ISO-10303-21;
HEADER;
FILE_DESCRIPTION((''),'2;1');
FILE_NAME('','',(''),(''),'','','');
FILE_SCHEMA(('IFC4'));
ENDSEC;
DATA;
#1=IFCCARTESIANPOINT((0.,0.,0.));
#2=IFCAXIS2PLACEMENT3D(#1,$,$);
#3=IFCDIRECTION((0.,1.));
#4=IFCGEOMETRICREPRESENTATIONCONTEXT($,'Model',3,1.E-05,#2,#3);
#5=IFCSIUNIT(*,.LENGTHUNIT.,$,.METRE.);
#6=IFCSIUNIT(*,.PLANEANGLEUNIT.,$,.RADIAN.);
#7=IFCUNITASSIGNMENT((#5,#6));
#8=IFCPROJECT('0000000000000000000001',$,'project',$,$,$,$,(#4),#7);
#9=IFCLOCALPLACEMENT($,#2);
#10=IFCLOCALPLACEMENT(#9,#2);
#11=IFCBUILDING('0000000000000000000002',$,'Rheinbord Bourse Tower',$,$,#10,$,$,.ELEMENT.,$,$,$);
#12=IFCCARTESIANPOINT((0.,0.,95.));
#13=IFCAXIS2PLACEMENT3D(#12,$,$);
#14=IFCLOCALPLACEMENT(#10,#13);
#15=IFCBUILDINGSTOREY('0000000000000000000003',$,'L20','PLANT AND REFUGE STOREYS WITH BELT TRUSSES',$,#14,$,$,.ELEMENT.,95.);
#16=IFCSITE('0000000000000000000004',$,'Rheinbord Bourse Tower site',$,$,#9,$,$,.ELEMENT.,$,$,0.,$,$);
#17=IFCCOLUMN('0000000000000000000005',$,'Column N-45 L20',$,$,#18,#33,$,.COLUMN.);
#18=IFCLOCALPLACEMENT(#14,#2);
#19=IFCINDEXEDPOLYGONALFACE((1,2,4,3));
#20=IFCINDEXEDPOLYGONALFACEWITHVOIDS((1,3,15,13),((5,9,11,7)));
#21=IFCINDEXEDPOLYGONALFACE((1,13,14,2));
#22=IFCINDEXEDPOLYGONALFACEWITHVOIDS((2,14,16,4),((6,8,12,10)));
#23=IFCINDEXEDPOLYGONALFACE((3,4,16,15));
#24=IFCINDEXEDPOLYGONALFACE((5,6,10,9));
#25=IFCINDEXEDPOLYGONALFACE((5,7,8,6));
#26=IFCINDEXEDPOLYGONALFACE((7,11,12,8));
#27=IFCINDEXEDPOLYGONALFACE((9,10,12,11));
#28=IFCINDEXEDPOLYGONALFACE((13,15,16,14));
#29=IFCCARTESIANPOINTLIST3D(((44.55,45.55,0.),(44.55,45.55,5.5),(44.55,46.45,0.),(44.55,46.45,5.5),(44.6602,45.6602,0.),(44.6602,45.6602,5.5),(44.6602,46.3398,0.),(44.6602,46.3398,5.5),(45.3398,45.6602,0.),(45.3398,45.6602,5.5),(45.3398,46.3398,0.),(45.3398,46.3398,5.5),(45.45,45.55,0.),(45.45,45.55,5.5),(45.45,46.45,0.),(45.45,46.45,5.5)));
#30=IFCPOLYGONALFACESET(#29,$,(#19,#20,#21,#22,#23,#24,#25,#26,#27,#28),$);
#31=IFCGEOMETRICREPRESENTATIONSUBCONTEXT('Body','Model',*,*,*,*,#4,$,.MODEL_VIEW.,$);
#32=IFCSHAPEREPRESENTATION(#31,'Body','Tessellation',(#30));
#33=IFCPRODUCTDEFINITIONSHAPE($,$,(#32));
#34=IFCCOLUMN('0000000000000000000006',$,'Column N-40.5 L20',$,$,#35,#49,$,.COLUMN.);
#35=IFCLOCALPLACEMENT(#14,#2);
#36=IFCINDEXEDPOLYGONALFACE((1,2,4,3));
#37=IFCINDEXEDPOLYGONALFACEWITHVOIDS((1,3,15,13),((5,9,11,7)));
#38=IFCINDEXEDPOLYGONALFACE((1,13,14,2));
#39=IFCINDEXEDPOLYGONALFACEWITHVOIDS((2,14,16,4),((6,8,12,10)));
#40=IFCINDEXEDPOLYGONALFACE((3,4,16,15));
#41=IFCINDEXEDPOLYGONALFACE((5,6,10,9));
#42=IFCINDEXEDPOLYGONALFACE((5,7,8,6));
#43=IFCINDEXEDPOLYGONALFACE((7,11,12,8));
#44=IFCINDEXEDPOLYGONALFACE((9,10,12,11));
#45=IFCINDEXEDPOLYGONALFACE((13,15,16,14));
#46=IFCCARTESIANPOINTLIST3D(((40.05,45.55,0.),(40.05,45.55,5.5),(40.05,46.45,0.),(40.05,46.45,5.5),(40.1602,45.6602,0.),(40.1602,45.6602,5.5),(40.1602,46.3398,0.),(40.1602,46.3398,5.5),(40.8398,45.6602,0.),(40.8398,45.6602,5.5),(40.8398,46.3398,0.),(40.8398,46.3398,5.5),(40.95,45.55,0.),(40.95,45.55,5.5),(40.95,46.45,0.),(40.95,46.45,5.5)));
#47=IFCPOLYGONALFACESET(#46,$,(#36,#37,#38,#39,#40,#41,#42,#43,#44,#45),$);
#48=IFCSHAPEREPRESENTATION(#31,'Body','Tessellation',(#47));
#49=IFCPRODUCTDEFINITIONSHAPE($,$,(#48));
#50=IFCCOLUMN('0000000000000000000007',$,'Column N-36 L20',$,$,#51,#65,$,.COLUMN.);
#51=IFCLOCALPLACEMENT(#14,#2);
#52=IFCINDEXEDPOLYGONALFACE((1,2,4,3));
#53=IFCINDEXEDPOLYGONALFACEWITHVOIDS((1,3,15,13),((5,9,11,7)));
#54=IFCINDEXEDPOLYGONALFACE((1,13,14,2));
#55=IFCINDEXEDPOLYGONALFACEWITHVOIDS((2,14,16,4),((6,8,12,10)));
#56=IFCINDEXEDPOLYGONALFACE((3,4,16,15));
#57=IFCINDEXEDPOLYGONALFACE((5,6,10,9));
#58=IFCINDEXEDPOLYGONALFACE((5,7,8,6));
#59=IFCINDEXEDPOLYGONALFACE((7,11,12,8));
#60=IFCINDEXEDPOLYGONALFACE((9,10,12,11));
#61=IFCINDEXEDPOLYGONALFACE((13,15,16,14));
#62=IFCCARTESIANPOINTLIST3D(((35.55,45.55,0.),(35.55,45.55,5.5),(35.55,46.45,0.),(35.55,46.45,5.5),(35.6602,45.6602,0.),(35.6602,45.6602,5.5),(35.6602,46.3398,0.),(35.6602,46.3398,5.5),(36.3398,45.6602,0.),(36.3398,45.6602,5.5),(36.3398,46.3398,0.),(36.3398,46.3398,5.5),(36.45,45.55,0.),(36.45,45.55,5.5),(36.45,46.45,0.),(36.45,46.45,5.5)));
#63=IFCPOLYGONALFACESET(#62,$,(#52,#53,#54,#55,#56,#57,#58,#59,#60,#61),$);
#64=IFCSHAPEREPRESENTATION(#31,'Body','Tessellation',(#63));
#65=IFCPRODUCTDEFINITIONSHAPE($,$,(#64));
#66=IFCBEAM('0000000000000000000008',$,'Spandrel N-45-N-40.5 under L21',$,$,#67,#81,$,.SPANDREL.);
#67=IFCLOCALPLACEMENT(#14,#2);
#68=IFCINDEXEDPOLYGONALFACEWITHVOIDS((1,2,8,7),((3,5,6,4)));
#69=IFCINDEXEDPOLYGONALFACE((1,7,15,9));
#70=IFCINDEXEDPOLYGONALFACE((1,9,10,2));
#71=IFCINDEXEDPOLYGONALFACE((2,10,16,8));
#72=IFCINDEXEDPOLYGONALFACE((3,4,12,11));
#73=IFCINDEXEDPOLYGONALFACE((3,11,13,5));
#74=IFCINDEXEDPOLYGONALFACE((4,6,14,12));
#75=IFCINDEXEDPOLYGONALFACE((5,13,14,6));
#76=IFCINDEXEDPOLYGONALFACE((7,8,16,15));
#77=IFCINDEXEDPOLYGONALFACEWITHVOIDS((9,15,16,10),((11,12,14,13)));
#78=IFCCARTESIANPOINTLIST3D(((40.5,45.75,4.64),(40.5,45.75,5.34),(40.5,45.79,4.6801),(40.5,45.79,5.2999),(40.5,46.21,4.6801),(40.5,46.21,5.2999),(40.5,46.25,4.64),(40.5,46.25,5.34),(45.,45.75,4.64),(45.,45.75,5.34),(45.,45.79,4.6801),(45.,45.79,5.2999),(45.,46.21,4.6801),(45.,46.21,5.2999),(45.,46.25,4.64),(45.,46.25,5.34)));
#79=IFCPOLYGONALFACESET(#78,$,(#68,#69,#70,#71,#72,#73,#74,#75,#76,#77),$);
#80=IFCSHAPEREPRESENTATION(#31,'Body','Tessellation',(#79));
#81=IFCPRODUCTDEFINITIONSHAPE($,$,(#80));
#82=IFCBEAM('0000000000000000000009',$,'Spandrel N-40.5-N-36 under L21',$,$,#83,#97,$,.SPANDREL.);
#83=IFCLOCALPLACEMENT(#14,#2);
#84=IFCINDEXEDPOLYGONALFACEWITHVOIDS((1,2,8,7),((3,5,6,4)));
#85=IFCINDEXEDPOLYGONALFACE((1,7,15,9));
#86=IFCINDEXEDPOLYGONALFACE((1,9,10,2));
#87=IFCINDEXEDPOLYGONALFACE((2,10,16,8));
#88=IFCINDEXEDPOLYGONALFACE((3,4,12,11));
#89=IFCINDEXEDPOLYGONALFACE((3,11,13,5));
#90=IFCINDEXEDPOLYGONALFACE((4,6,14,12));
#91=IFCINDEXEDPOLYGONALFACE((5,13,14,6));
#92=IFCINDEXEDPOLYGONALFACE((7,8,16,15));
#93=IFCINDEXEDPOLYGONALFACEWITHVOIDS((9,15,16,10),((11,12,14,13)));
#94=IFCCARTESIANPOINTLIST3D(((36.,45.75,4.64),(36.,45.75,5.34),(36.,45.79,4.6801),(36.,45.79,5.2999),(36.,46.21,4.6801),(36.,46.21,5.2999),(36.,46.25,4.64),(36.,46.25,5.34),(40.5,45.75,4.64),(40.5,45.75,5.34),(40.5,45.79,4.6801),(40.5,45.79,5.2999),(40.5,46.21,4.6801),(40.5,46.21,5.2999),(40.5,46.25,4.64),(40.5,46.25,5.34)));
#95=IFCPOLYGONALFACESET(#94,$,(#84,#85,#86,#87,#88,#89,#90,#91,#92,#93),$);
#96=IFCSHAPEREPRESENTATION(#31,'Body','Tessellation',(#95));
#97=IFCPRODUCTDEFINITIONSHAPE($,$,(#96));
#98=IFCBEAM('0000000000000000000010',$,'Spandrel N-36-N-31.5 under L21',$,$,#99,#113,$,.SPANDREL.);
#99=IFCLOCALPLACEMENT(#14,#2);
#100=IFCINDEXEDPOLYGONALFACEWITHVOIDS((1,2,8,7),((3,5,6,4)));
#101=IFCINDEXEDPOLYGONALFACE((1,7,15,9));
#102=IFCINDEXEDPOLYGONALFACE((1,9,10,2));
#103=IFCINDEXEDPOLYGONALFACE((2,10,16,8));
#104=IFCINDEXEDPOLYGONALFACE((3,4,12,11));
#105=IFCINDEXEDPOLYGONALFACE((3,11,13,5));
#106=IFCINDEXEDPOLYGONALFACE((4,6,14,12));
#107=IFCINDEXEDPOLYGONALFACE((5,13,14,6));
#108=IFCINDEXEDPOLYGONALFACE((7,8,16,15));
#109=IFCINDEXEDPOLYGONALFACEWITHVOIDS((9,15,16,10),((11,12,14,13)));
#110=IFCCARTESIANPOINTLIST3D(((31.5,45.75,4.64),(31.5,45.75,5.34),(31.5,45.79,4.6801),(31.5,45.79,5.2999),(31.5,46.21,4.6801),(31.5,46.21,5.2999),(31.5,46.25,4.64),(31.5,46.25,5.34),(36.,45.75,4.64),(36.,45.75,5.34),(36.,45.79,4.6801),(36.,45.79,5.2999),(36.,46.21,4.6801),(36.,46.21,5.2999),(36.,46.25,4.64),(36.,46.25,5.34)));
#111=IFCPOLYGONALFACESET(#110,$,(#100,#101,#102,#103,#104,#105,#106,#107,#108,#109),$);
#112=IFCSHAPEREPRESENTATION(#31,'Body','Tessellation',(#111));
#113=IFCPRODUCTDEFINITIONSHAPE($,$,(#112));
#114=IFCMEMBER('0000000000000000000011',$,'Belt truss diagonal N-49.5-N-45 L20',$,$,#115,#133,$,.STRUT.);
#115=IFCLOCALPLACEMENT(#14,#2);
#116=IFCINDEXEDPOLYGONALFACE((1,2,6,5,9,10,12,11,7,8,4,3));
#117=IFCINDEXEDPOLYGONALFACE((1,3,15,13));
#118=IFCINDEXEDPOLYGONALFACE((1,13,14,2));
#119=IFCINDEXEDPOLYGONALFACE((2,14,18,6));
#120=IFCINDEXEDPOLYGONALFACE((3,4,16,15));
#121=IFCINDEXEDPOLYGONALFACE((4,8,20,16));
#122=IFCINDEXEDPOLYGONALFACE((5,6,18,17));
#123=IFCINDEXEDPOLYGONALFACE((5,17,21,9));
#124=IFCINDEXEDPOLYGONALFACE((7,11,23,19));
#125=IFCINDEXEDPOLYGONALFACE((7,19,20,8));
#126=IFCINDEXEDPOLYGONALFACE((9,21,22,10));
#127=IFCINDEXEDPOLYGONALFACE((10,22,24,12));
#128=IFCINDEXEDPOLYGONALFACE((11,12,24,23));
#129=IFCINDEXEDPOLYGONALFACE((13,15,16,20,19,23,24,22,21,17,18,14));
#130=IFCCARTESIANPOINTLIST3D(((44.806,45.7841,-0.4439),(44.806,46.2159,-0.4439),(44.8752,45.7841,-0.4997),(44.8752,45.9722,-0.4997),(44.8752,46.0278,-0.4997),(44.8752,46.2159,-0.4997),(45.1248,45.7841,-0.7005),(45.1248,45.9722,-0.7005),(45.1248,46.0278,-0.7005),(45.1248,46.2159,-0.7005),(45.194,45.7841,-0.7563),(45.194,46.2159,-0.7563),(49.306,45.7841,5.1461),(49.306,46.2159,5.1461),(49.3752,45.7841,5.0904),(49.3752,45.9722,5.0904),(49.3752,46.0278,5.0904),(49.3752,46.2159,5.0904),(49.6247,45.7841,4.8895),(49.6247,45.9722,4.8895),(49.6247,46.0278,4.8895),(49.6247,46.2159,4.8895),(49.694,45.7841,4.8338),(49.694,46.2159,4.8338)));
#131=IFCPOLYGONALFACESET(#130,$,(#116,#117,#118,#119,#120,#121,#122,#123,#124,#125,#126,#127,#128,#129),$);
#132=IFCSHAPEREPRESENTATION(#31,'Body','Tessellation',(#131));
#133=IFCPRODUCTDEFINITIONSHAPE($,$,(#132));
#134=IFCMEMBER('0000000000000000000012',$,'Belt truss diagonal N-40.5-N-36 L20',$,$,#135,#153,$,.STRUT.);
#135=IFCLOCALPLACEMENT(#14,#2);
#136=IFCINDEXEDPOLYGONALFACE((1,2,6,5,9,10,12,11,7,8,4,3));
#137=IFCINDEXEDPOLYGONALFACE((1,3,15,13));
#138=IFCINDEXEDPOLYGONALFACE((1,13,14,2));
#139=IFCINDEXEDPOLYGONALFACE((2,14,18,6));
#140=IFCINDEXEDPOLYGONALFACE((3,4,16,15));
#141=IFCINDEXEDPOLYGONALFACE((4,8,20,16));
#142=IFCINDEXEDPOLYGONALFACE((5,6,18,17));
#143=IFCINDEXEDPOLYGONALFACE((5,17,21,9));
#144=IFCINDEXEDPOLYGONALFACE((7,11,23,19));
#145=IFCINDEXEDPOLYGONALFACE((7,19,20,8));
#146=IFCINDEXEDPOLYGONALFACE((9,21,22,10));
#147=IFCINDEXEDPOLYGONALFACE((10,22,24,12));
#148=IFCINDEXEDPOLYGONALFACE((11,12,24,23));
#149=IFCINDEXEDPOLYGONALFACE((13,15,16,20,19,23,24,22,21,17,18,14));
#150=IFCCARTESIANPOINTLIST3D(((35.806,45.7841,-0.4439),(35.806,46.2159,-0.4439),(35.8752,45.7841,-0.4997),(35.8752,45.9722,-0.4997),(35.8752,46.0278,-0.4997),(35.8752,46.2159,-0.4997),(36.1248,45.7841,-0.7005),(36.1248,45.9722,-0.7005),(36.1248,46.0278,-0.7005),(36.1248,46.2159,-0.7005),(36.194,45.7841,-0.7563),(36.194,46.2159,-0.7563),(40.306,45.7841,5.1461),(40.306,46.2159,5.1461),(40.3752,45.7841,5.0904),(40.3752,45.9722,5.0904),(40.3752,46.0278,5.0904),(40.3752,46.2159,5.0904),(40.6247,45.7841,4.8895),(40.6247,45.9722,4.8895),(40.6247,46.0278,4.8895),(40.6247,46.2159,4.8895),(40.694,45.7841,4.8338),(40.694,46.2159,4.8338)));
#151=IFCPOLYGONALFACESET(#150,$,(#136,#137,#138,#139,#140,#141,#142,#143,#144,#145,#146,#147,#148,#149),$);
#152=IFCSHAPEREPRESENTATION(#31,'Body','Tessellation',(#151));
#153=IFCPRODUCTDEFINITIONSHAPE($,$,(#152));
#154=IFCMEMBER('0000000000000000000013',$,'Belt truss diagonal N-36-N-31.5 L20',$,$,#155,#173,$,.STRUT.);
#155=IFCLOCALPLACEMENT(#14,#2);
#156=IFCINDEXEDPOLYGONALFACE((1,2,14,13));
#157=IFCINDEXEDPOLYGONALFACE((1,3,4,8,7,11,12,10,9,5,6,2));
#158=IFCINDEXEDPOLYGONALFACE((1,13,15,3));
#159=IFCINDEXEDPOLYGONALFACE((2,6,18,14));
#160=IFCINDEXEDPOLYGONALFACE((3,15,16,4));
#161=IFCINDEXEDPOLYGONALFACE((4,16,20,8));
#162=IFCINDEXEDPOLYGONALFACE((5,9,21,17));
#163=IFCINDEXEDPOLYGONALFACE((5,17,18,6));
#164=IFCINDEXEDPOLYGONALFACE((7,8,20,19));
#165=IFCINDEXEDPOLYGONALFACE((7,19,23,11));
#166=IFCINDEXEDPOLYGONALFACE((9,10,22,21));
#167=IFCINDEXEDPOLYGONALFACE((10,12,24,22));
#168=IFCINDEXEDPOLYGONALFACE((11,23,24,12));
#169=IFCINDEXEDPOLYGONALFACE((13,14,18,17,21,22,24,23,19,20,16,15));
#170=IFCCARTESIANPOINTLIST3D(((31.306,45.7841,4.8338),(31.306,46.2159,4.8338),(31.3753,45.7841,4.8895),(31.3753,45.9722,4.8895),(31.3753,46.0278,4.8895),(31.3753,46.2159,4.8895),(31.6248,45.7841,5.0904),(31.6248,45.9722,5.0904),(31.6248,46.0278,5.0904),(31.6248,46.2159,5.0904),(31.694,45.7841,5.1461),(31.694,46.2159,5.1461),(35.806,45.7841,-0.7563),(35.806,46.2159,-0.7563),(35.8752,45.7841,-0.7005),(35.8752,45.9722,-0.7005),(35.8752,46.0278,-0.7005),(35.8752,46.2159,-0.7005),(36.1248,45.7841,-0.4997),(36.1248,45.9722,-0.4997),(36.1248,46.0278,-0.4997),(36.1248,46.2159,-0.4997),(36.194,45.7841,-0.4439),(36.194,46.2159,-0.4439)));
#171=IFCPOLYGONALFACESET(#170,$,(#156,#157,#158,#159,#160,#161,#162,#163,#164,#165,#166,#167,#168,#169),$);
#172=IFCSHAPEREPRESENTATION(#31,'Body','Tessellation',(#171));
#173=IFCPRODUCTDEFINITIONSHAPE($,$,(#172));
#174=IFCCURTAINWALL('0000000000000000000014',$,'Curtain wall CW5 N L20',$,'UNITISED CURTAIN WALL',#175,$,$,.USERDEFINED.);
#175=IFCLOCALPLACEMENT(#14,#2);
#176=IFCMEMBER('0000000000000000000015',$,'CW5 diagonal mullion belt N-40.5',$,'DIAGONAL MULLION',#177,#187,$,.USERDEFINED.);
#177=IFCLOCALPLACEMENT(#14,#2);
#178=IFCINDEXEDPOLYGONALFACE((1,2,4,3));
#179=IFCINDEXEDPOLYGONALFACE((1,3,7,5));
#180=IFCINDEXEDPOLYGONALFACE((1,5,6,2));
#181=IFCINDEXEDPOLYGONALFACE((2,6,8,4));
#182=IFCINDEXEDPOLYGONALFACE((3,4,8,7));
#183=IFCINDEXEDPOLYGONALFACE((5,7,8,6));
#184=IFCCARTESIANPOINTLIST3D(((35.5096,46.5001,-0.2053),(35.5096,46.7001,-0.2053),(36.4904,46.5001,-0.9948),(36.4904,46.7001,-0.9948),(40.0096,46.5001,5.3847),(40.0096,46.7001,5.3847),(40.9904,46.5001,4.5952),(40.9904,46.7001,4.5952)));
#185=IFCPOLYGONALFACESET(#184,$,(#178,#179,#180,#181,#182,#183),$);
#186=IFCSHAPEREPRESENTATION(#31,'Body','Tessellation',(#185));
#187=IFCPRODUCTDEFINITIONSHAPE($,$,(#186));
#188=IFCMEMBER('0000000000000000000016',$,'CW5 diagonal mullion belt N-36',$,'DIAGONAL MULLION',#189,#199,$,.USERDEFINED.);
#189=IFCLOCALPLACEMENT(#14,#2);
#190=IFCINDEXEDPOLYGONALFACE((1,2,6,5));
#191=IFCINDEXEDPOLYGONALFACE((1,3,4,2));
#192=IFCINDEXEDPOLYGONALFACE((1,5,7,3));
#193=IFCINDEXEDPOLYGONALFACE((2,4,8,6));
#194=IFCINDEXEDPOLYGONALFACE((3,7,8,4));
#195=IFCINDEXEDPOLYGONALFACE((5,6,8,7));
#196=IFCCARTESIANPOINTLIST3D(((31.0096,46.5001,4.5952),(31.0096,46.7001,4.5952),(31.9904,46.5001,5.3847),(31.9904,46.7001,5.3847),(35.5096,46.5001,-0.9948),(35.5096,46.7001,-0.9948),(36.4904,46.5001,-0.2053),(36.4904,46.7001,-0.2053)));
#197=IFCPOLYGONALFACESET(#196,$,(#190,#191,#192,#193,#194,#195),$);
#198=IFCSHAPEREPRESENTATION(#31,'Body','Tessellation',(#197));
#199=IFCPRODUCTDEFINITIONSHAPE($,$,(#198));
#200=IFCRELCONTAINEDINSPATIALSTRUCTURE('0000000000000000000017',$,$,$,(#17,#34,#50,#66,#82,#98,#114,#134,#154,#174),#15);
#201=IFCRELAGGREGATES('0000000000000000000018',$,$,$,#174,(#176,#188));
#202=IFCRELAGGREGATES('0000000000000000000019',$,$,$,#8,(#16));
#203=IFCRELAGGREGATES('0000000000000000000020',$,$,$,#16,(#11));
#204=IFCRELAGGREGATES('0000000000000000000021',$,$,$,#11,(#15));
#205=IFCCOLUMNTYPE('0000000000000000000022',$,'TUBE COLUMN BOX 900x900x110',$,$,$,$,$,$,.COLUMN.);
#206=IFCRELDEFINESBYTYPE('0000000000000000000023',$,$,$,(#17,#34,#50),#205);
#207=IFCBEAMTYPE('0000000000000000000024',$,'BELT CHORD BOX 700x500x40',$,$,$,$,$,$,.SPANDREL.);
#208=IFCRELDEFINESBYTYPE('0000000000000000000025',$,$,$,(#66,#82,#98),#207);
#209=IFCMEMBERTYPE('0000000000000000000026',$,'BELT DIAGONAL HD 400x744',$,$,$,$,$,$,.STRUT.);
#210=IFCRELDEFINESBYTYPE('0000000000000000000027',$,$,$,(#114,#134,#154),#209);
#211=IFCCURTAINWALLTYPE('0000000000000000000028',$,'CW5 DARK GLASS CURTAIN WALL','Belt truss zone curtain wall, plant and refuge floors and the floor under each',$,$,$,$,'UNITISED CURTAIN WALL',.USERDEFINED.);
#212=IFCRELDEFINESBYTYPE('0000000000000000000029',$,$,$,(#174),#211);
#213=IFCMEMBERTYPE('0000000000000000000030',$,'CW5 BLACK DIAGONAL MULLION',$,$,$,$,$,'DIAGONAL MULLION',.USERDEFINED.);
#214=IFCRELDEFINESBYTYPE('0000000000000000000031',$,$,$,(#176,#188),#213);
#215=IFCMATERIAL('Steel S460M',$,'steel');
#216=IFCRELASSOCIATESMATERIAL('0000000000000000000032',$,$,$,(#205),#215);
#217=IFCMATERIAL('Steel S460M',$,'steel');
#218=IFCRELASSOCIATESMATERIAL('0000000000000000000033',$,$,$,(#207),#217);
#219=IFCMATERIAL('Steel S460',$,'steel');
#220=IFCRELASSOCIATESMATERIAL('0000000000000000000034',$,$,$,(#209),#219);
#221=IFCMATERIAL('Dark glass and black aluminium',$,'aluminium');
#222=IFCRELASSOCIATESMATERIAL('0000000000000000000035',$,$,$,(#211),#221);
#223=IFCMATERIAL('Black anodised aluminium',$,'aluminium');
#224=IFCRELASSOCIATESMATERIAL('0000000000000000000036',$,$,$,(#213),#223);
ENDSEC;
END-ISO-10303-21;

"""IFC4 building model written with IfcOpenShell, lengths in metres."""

from ifc_helpers import new_model, si_unit, direction, frame, origin, origin_2d, place, context, subcontext, project, spatial, rectangle, hollow_rectangle, i_section, extrude, material, material_profile, profile_set, type_object, element, aggregate, save


model = new_model("IFC4")

# Units and contexts
model_context = context("Model", 3, precision=1e-05, world=origin(), true_north=direction((0.0, 1.0)))
body_context = subcontext(model_context, "Body", "Model", "MODEL_VIEW")
ifc_project = project(units=[si_unit("LENGTHUNIT", "METRE"), si_unit("PLANEANGLEUNIT", "RADIAN")], contexts=[model_context])

# Site, building, storey
site_placement = place(None, origin())
site = spatial("IfcSite", under=ifc_project, at=site_placement, Name="Rheinbord Bourse Tower site", CompositionType="ELEMENT", RefElevation=0.0)
building_placement = place(site_placement, origin())
building = spatial("IfcBuilding", under=site, at=building_placement, Name="Rheinbord Bourse Tower", CompositionType="ELEMENT")
storey_placement = place(building_placement, frame((0.0, 0.0, 95.0)))
storey = spatial("IfcBuildingStorey", under=building, at=storey_placement, Name="L20", Description="PLANT AND REFUGE STOREYS WITH BELT TRUSSES", CompositionType="ELEMENT", Elevation=95.0)

# Columns
ifc_material_1 = material(Name="Steel S460M", Category="steel")
ifc_material_profile_1 = material_profile(ifc_material_1, hollow_rectangle(XDim=0.8999, YDim=0.8999, WallThickness=0.1101, at=origin_2d()), Name="BOX 900x900x110")
ifc_profile_set_1 = profile_set([ifc_material_profile_1], Name="Steel S460M")
column_type = type_object("IfcColumnType", Name="TUBE COLUMN BOX 900x900x110", PredefinedType="COLUMN", material=ifc_profile_set_1)
for number, where, z_axis, x_axis, name in (
    (1, (45.0, 46.0, 0.0), (0.0, 0.0, 1.0), (0.0, 1.0, 0.0), "Column N-45 L20"),
    (2, (40.5, 46.0, 0.0), (0.0, 0.0, 1.0), (0.0, 1.0, 0.0), "Column N-40.5 L20"),
    (3, (36.0, 46.0, 0.0), (0.0, 0.0, 1.0), (0.0, 1.0, 0.0), "Column N-36 L20"),
):
    element("IfcColumn", number, at=place(storey_placement, frame(where, z_axis=z_axis, x_axis=x_axis)), inside=storey, type_object=column_type, Name=name, PredefinedType="COLUMN", context=body_context, shape_type="SweptSolid", body=[
        extrude(hollow_rectangle(XDim=0.8999, YDim=0.8999, WallThickness=0.1101, at=origin_2d()), origin(), (0.0, 0.0, 1.0), 5.5),
    ])

# Beams
ifc_material_2 = material(Name="Steel S460M", Category="steel")
ifc_material_profile_2 = material_profile(ifc_material_2, hollow_rectangle(XDim=0.5, YDim=0.7, WallThickness=0.04, at=origin_2d()), Name="BOX 700x500x40")
ifc_profile_set_2 = profile_set([ifc_material_profile_2], Name="Steel S460M")
beam_type_1 = type_object("IfcBeamType", Name="BELT CHORD BOX 700x500x40", PredefinedType="SPANDREL", material=ifc_profile_set_2)
for number, where, z_axis, x_axis, name in (
    (4, (45.0, 46.0, 4.99), (-1.0, 0.0, 0.0), (0.0, -1.0, 0.0), "Spandrel N-45-N-40.5 under L21"),
    (5, (40.5, 46.0, 4.99), (-1.0, 0.0, 0.0), (0.0, -1.0, 0.0), "Spandrel N-40.5-N-36 under L21"),
    (6, (36.0, 46.0, 4.99), (-1.0, 0.0, 0.0), (0.0, -1.0, 0.0), "Spandrel N-36-N-31.5 under L21"),
):
    element("IfcBeam", number, at=place(storey_placement, frame(where, z_axis=z_axis, x_axis=x_axis)), inside=storey, type_object=beam_type_1, Name=name, PredefinedType="SPANDREL", context=body_context, shape_type="SweptSolid", body=[
        extrude(hollow_rectangle(XDim=0.5, YDim=0.7, WallThickness=0.04, at=origin_2d()), origin(), (0.0, 0.0, 1.0), 4.5),
    ])

# Members
ifc_material_3 = material(Name="Steel S460", Category="steel")
ifc_material_profile_3 = material_profile(ifc_material_3, i_section(OverallWidth=0.4319, OverallDepth=0.498, WebThickness=0.0557, FlangeThickness=0.0889, at=origin_2d()), Name="HD 400x744")
ifc_profile_set_3 = profile_set([ifc_material_profile_3], Name="Steel S460")
member_type_1 = type_object("IfcMemberType", Name="BELT DIAGONAL HD 400x744", PredefinedType="STRUT", material=ifc_profile_set_3)
for number, where, z_axis, x_axis, name in (
    (7, (45.0, 46.0, -0.6001), (0.627065, 0.0, 0.778967), (0.0, 1.0, 0.0), "Belt truss diagonal N-49.5-N-45 L20"),
    (8, (36.0, 46.0, -0.6001), (0.627065, 0.0, 0.778967), (0.0, 1.0, 0.0), "Belt truss diagonal N-40.5-N-36 L20"),
    (9, (36.0, 46.0, -0.6001), (-0.627065, 0.0, 0.778967), (0.0, -1.0, 0.0), "Belt truss diagonal N-36-N-31.5 L20"),
):
    element("IfcMember", number, at=place(storey_placement, frame(where, z_axis=z_axis, x_axis=x_axis)), inside=storey, type_object=member_type_1, Name=name, PredefinedType="STRUT", context=body_context, shape_type="SweptSolid", body=[
        extrude(i_section(OverallWidth=0.4319, OverallDepth=0.498, WebThickness=0.0557, FlangeThickness=0.0889, at=origin_2d()), origin(), (0.0, 0.0, 1.0), 7.1763),
    ])

# Curtain wall, members
ifc_material_4 = material(Name="Dark glass and black aluminium", Category="aluminium")
curtain_wall_type = type_object("IfcCurtainWallType", Name="CW5 DARK GLASS CURTAIN WALL", Description="Belt truss zone curtain wall, plant and refuge floors and the floor under each", ElementType="UNITISED CURTAIN WALL", PredefinedType="USERDEFINED", material=ifc_material_4)
curtain_wall_placement = place(storey_placement, origin())
curtain_wall = element("IfcCurtainWall", 10, at=curtain_wall_placement, inside=storey, type_object=curtain_wall_type, Name="Curtain wall CW5 N L20", ObjectType="UNITISED CURTAIN WALL", PredefinedType="USERDEFINED")
ifc_material_5 = material(Name="Black anodised aluminium", Category="aluminium")
ifc_material_profile_4 = material_profile(ifc_material_5, rectangle(XDim=0.2, YDim=1.259, at=origin_2d()), Name="CW5 DIAGONAL MULLION 1259x200")
ifc_profile_set_4 = profile_set([ifc_material_profile_4], Name="Black anodised aluminium")
member_type_2 = type_object("IfcMemberType", Name="CW5 BLACK DIAGONAL MULLION", ElementType="DIAGONAL MULLION", PredefinedType="USERDEFINED", material=ifc_profile_set_4)
member_1_placement = place(storey_placement, frame((36.0, 46.6001, -0.6001), z_axis=(0.627065, 0.0, 0.778967), x_axis=(0.0, 1.0, 0.0)))
member_1 = element("IfcMember", 11, at=member_1_placement, type_object=member_type_2, Name="CW5 diagonal mullion belt N-40.5", ObjectType="DIAGONAL MULLION", PredefinedType="USERDEFINED", context=body_context, shape_type="SweptSolid", body=[
    extrude(rectangle(XDim=0.2, YDim=1.259, at=origin_2d()), origin(), (0.0, 0.0, 1.0), 7.1763),
])
member_2_placement = place(storey_placement, frame((36.0, 46.6001, -0.6001), z_axis=(-0.627065, 0.0, 0.778967), x_axis=(0.0, -1.0, 0.0)))
member_2 = element("IfcMember", 12, at=member_2_placement, type_object=member_type_2, Name="CW5 diagonal mullion belt N-36", ObjectType="DIAGONAL MULLION", PredefinedType="USERDEFINED", context=body_context, shape_type="SweptSolid", body=[
    extrude(rectangle(XDim=0.2, YDim=1.259, at=origin_2d()), origin(), (0.0, 0.0, 1.0), 7.1763),
])

aggregate(curtain_wall, [member_1, member_2])

save(model, "model.ifc")
